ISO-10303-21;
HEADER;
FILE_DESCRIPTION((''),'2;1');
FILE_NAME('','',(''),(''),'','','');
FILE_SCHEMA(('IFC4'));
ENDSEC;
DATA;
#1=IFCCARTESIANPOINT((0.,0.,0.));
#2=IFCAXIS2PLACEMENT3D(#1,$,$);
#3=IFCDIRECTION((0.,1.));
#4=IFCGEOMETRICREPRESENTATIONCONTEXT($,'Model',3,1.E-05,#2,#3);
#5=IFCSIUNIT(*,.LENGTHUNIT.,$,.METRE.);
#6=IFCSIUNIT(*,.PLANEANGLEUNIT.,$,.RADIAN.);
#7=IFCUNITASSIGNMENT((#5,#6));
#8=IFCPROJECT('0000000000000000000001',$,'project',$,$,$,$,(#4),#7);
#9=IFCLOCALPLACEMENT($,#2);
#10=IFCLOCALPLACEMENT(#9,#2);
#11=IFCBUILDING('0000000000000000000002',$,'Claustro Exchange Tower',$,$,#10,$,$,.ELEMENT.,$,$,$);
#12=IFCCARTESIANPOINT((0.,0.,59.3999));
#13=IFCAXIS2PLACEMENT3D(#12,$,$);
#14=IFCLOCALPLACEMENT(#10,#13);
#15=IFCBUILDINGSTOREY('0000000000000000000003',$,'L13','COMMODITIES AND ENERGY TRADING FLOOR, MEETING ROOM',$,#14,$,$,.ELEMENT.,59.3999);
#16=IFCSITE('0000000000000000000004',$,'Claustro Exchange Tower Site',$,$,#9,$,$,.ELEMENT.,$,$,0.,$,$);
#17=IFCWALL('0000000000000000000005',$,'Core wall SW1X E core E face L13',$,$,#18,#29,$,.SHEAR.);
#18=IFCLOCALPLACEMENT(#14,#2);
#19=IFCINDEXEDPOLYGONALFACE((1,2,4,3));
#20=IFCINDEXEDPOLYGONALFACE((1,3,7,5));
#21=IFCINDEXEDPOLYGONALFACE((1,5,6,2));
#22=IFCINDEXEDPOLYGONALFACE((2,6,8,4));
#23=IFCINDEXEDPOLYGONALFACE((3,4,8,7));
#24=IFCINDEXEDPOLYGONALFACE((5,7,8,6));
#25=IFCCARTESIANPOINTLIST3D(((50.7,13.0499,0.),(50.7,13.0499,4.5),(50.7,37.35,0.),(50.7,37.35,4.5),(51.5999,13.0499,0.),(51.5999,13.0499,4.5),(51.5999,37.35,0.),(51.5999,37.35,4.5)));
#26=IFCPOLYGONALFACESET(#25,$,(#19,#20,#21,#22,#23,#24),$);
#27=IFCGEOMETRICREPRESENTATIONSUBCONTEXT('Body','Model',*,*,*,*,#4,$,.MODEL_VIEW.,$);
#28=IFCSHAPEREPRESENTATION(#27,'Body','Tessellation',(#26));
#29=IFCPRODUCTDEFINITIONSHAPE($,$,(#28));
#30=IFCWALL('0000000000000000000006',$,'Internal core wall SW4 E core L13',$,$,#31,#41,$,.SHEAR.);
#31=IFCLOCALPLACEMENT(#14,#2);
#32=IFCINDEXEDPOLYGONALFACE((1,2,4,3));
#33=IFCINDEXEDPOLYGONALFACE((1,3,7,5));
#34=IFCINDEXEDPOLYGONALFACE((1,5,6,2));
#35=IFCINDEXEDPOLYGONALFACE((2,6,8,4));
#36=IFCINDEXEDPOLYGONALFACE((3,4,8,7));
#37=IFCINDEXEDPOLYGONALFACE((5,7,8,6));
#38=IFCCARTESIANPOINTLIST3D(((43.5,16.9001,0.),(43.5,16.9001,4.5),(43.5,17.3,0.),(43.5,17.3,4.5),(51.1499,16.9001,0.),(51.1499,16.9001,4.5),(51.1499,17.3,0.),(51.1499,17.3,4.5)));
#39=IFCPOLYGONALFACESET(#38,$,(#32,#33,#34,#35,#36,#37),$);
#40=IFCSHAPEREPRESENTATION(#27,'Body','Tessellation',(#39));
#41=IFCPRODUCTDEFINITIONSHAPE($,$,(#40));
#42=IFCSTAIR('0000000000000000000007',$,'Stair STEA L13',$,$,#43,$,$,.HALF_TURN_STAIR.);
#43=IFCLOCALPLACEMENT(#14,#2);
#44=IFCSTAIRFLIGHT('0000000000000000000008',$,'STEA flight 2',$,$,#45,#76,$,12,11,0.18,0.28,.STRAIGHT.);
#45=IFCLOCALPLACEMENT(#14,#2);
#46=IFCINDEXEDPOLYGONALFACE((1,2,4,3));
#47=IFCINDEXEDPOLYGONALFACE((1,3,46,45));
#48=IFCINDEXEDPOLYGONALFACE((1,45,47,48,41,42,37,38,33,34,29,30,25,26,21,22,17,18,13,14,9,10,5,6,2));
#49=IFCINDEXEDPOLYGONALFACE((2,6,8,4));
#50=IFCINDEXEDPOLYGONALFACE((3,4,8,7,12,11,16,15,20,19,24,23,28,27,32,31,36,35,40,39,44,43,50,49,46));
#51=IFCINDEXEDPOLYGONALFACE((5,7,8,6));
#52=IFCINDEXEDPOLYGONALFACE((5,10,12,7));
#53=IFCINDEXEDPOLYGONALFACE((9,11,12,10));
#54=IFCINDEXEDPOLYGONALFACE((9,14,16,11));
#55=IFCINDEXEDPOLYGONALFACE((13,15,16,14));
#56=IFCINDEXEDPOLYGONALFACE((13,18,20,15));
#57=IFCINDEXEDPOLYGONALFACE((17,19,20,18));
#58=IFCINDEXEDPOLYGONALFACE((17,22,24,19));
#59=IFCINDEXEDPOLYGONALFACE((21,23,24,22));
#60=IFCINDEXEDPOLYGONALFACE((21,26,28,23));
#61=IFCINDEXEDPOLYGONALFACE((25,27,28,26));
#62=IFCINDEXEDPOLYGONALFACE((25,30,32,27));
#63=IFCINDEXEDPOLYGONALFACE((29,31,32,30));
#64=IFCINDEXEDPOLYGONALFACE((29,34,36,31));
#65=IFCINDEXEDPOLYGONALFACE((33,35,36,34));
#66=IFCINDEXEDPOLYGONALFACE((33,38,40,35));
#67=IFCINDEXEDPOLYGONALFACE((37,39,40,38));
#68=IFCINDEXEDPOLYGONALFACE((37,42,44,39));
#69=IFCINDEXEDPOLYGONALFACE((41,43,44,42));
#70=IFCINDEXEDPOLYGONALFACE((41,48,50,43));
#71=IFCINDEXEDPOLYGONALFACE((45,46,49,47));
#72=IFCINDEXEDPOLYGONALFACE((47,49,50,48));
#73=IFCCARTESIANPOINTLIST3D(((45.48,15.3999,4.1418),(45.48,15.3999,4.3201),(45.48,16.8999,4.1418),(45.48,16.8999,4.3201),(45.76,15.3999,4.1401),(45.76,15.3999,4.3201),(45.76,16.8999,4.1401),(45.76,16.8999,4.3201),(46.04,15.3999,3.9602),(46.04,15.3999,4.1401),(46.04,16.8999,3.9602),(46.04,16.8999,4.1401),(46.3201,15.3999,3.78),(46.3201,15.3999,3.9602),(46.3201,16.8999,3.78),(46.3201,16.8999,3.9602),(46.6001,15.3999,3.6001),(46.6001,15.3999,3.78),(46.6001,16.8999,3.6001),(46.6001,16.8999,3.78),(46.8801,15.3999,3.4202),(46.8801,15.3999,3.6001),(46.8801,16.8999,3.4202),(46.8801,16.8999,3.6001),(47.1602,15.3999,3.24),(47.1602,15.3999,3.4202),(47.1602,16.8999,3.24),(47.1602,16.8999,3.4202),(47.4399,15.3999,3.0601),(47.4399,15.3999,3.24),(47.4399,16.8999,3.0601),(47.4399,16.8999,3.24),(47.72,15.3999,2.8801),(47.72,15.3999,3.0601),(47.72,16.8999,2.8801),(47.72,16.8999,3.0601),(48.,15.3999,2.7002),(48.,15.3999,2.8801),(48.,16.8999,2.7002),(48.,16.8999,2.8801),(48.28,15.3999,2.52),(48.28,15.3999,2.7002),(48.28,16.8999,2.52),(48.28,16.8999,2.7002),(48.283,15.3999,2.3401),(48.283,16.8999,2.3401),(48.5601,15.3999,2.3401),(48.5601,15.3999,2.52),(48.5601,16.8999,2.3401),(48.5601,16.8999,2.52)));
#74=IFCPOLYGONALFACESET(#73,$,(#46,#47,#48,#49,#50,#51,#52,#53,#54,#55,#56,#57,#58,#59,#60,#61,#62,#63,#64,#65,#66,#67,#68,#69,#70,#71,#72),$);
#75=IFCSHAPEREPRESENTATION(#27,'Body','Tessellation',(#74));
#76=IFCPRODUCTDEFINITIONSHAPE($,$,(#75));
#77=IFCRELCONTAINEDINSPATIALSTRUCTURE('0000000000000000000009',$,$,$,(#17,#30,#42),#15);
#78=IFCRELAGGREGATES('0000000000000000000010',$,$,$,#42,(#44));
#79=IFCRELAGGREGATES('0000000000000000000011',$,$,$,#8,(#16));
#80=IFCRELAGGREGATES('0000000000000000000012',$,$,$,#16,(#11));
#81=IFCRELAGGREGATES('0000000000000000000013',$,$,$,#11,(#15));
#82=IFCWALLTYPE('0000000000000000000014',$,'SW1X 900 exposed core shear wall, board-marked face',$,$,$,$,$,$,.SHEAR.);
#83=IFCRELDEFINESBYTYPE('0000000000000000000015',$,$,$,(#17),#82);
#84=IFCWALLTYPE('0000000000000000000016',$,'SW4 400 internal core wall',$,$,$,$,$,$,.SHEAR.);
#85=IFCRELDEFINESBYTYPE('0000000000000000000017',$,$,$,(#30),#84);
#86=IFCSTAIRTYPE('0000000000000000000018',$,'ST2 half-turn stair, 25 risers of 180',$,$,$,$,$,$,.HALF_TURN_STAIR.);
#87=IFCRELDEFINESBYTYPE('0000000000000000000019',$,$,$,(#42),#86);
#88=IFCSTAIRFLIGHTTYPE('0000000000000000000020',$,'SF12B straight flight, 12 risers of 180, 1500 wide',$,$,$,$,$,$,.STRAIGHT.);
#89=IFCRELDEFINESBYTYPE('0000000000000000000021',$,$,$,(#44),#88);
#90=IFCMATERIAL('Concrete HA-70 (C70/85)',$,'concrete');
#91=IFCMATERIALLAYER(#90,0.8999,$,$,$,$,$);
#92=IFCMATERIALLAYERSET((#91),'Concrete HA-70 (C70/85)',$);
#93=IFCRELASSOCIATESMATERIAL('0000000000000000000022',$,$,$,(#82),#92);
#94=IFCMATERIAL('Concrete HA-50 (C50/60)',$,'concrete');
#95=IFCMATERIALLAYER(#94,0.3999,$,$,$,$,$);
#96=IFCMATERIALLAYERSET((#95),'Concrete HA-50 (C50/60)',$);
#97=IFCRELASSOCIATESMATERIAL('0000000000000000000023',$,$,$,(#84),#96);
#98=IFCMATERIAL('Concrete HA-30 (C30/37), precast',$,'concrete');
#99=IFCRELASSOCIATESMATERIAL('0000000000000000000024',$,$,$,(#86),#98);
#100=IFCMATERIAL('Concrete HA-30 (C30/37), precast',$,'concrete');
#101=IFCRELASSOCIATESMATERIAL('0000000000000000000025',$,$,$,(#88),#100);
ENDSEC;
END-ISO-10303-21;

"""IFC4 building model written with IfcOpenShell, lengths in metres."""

from ifc_helpers import new_model, si_unit, direction, frame, frame_2d, origin, place, context, subcontext, project, spatial, polyline, rectangle, outline, extrude, material, layer, layer_set, type_object, element, aggregate, save


model = new_model("IFC4")

# Units and contexts
model_context = context("Model", 3, precision=1e-05, world=origin(), true_north=direction((0.0, 1.0)))
body_context = subcontext(model_context, "Body", "Model", "MODEL_VIEW")
ifc_project = project(units=[si_unit("LENGTHUNIT", "METRE"), si_unit("PLANEANGLEUNIT", "RADIAN")], contexts=[model_context])

# Site, building, storey
site_placement = place(None, origin())
site = spatial("IfcSite", under=ifc_project, at=site_placement, Name="Claustro Exchange Tower Site", CompositionType="ELEMENT", RefElevation=0.0)
building_placement = place(site_placement, origin())
building = spatial("IfcBuilding", under=site, at=building_placement, Name="Claustro Exchange Tower", CompositionType="ELEMENT")
storey_placement = place(building_placement, frame((0.0, 0.0, 59.3999)))
storey = spatial("IfcBuildingStorey", under=building, at=storey_placement, Name="L13", Description="COMMODITIES AND ENERGY TRADING FLOOR, MEETING ROOM", CompositionType="ELEMENT", Elevation=59.3999)

# Walls
ifc_material_1 = material(Name="Concrete HA-70 (C70/85)", Category="concrete")
ifc_layer_1 = layer(ifc_material_1, 0.8999)
ifc_layer_set_1 = layer_set([ifc_layer_1], Name="Concrete HA-70 (C70/85)")
wall_type_1 = type_object("IfcWallType", Name="SW1X 900 exposed core shear wall, board-marked face", PredefinedType="SHEAR", material=ifc_layer_set_1)
wall_1_placement = place(storey_placement, frame((51.1499, 13.05, 0.0), z_axis=(0.0, 0.0, 1.0), x_axis=(0.0, 1.0, 0.0)))
element("IfcWall", 1, at=wall_1_placement, inside=storey, type_object=wall_type_1, Name="Core wall SW1X E core E face L13", PredefinedType="SHEAR", context=body_context, shape_type="SweptSolid", body=[
    extrude(rectangle(XDim=24.3, YDim=0.8999, at=frame_2d((12.1499, 0.0))), origin(), (0.0, 0.0, 1.0), 4.5),
])
ifc_material_2 = material(Name="Concrete HA-50 (C50/60)", Category="concrete")
ifc_layer_2 = layer(ifc_material_2, 0.3999)
ifc_layer_set_2 = layer_set([ifc_layer_2], Name="Concrete HA-50 (C50/60)")
wall_type_2 = type_object("IfcWallType", Name="SW4 400 internal core wall", PredefinedType="SHEAR", material=ifc_layer_set_2)
wall_2_placement = place(storey_placement, frame((51.1499, 17.1001, 0.0), z_axis=(0.0, 0.0, 1.0), x_axis=(-1.0, 0.0, 0.0)))
element("IfcWall", 2, at=wall_2_placement, inside=storey, type_object=wall_type_2, Name="Internal core wall SW4 E core L13", PredefinedType="SHEAR", context=body_context, shape_type="SweptSolid", body=[
    extrude(rectangle(XDim=7.6499, YDim=0.3999, at=frame_2d((3.825, 0.0))), origin(), (0.0, 0.0, 1.0), 4.5),
])

# Stair, stair flight
ifc_material_3 = material(Name="Concrete HA-30 (C30/37), precast", Category="concrete")
stair_type = type_object("IfcStairType", Name="ST2 half-turn stair, 25 risers of 180", PredefinedType="HALF_TURN_STAIR", material=ifc_material_3)
stair_placement = place(storey_placement, origin())
stair = element("IfcStair", 3, at=stair_placement, inside=storey, type_object=stair_type, Name="Stair STEA L13", PredefinedType="HALF_TURN_STAIR")
ifc_material_4 = material(Name="Concrete HA-30 (C30/37), precast", Category="concrete")
stair_flight_type = type_object("IfcStairFlightType", Name="SF12B straight flight, 12 risers of 180, 1500 wide", PredefinedType="STRAIGHT", material=ifc_material_4)
stair_flight_placement = place(storey_placement, frame((48.5601, 16.1499, 2.3401), z_axis=(0.0, 0.0, 1.0), x_axis=(-1.0, 0.0, 0.0)))
stair_flight = element("IfcStairFlight", 4, at=stair_flight_placement, type_object=stair_flight_type, Name="STEA flight 2", NumberOfRisers=12, NumberOfTreads=11, PredefinedType="STRAIGHT", RiserHeight=0.18, TreadLength=0.28, context=body_context, shape_type="SweptSolid", body=[
    extrude(outline(polyline([(0.0, 0.0), (0.0, 0.1799), (0.28, 0.1799), (0.28, 0.3601), (0.5601, 0.3601), (0.5601, 0.54), (0.8401, 0.54), (0.8401, 0.72), (1.1201, 0.72), (1.1201, 0.8999), (1.3999, 0.8999), (1.3999, 1.0801), (1.6799, 1.0801), (1.6799, 1.26), (1.96, 1.26), (1.96, 1.4399), (2.24, 1.4399), (2.24, 1.6201), (2.52, 1.6201), (2.52, 1.8), (2.8, 1.8), (2.8, 1.98), (3.0801, 1.98), (3.0801, 2.1599), (3.0801, 1.8018), (0.2771, 0.0), (0.0, 0.0)])), frame((0.0, 0.75, 0.0), z_axis=(0.0, -1.0, 0.0), x_axis=(1.0, 0.0, 0.0)), (0.0, 0.0, 1.0), 1.5),
])
aggregate(stair, [stair_flight])

save(model, "model.ifc")
